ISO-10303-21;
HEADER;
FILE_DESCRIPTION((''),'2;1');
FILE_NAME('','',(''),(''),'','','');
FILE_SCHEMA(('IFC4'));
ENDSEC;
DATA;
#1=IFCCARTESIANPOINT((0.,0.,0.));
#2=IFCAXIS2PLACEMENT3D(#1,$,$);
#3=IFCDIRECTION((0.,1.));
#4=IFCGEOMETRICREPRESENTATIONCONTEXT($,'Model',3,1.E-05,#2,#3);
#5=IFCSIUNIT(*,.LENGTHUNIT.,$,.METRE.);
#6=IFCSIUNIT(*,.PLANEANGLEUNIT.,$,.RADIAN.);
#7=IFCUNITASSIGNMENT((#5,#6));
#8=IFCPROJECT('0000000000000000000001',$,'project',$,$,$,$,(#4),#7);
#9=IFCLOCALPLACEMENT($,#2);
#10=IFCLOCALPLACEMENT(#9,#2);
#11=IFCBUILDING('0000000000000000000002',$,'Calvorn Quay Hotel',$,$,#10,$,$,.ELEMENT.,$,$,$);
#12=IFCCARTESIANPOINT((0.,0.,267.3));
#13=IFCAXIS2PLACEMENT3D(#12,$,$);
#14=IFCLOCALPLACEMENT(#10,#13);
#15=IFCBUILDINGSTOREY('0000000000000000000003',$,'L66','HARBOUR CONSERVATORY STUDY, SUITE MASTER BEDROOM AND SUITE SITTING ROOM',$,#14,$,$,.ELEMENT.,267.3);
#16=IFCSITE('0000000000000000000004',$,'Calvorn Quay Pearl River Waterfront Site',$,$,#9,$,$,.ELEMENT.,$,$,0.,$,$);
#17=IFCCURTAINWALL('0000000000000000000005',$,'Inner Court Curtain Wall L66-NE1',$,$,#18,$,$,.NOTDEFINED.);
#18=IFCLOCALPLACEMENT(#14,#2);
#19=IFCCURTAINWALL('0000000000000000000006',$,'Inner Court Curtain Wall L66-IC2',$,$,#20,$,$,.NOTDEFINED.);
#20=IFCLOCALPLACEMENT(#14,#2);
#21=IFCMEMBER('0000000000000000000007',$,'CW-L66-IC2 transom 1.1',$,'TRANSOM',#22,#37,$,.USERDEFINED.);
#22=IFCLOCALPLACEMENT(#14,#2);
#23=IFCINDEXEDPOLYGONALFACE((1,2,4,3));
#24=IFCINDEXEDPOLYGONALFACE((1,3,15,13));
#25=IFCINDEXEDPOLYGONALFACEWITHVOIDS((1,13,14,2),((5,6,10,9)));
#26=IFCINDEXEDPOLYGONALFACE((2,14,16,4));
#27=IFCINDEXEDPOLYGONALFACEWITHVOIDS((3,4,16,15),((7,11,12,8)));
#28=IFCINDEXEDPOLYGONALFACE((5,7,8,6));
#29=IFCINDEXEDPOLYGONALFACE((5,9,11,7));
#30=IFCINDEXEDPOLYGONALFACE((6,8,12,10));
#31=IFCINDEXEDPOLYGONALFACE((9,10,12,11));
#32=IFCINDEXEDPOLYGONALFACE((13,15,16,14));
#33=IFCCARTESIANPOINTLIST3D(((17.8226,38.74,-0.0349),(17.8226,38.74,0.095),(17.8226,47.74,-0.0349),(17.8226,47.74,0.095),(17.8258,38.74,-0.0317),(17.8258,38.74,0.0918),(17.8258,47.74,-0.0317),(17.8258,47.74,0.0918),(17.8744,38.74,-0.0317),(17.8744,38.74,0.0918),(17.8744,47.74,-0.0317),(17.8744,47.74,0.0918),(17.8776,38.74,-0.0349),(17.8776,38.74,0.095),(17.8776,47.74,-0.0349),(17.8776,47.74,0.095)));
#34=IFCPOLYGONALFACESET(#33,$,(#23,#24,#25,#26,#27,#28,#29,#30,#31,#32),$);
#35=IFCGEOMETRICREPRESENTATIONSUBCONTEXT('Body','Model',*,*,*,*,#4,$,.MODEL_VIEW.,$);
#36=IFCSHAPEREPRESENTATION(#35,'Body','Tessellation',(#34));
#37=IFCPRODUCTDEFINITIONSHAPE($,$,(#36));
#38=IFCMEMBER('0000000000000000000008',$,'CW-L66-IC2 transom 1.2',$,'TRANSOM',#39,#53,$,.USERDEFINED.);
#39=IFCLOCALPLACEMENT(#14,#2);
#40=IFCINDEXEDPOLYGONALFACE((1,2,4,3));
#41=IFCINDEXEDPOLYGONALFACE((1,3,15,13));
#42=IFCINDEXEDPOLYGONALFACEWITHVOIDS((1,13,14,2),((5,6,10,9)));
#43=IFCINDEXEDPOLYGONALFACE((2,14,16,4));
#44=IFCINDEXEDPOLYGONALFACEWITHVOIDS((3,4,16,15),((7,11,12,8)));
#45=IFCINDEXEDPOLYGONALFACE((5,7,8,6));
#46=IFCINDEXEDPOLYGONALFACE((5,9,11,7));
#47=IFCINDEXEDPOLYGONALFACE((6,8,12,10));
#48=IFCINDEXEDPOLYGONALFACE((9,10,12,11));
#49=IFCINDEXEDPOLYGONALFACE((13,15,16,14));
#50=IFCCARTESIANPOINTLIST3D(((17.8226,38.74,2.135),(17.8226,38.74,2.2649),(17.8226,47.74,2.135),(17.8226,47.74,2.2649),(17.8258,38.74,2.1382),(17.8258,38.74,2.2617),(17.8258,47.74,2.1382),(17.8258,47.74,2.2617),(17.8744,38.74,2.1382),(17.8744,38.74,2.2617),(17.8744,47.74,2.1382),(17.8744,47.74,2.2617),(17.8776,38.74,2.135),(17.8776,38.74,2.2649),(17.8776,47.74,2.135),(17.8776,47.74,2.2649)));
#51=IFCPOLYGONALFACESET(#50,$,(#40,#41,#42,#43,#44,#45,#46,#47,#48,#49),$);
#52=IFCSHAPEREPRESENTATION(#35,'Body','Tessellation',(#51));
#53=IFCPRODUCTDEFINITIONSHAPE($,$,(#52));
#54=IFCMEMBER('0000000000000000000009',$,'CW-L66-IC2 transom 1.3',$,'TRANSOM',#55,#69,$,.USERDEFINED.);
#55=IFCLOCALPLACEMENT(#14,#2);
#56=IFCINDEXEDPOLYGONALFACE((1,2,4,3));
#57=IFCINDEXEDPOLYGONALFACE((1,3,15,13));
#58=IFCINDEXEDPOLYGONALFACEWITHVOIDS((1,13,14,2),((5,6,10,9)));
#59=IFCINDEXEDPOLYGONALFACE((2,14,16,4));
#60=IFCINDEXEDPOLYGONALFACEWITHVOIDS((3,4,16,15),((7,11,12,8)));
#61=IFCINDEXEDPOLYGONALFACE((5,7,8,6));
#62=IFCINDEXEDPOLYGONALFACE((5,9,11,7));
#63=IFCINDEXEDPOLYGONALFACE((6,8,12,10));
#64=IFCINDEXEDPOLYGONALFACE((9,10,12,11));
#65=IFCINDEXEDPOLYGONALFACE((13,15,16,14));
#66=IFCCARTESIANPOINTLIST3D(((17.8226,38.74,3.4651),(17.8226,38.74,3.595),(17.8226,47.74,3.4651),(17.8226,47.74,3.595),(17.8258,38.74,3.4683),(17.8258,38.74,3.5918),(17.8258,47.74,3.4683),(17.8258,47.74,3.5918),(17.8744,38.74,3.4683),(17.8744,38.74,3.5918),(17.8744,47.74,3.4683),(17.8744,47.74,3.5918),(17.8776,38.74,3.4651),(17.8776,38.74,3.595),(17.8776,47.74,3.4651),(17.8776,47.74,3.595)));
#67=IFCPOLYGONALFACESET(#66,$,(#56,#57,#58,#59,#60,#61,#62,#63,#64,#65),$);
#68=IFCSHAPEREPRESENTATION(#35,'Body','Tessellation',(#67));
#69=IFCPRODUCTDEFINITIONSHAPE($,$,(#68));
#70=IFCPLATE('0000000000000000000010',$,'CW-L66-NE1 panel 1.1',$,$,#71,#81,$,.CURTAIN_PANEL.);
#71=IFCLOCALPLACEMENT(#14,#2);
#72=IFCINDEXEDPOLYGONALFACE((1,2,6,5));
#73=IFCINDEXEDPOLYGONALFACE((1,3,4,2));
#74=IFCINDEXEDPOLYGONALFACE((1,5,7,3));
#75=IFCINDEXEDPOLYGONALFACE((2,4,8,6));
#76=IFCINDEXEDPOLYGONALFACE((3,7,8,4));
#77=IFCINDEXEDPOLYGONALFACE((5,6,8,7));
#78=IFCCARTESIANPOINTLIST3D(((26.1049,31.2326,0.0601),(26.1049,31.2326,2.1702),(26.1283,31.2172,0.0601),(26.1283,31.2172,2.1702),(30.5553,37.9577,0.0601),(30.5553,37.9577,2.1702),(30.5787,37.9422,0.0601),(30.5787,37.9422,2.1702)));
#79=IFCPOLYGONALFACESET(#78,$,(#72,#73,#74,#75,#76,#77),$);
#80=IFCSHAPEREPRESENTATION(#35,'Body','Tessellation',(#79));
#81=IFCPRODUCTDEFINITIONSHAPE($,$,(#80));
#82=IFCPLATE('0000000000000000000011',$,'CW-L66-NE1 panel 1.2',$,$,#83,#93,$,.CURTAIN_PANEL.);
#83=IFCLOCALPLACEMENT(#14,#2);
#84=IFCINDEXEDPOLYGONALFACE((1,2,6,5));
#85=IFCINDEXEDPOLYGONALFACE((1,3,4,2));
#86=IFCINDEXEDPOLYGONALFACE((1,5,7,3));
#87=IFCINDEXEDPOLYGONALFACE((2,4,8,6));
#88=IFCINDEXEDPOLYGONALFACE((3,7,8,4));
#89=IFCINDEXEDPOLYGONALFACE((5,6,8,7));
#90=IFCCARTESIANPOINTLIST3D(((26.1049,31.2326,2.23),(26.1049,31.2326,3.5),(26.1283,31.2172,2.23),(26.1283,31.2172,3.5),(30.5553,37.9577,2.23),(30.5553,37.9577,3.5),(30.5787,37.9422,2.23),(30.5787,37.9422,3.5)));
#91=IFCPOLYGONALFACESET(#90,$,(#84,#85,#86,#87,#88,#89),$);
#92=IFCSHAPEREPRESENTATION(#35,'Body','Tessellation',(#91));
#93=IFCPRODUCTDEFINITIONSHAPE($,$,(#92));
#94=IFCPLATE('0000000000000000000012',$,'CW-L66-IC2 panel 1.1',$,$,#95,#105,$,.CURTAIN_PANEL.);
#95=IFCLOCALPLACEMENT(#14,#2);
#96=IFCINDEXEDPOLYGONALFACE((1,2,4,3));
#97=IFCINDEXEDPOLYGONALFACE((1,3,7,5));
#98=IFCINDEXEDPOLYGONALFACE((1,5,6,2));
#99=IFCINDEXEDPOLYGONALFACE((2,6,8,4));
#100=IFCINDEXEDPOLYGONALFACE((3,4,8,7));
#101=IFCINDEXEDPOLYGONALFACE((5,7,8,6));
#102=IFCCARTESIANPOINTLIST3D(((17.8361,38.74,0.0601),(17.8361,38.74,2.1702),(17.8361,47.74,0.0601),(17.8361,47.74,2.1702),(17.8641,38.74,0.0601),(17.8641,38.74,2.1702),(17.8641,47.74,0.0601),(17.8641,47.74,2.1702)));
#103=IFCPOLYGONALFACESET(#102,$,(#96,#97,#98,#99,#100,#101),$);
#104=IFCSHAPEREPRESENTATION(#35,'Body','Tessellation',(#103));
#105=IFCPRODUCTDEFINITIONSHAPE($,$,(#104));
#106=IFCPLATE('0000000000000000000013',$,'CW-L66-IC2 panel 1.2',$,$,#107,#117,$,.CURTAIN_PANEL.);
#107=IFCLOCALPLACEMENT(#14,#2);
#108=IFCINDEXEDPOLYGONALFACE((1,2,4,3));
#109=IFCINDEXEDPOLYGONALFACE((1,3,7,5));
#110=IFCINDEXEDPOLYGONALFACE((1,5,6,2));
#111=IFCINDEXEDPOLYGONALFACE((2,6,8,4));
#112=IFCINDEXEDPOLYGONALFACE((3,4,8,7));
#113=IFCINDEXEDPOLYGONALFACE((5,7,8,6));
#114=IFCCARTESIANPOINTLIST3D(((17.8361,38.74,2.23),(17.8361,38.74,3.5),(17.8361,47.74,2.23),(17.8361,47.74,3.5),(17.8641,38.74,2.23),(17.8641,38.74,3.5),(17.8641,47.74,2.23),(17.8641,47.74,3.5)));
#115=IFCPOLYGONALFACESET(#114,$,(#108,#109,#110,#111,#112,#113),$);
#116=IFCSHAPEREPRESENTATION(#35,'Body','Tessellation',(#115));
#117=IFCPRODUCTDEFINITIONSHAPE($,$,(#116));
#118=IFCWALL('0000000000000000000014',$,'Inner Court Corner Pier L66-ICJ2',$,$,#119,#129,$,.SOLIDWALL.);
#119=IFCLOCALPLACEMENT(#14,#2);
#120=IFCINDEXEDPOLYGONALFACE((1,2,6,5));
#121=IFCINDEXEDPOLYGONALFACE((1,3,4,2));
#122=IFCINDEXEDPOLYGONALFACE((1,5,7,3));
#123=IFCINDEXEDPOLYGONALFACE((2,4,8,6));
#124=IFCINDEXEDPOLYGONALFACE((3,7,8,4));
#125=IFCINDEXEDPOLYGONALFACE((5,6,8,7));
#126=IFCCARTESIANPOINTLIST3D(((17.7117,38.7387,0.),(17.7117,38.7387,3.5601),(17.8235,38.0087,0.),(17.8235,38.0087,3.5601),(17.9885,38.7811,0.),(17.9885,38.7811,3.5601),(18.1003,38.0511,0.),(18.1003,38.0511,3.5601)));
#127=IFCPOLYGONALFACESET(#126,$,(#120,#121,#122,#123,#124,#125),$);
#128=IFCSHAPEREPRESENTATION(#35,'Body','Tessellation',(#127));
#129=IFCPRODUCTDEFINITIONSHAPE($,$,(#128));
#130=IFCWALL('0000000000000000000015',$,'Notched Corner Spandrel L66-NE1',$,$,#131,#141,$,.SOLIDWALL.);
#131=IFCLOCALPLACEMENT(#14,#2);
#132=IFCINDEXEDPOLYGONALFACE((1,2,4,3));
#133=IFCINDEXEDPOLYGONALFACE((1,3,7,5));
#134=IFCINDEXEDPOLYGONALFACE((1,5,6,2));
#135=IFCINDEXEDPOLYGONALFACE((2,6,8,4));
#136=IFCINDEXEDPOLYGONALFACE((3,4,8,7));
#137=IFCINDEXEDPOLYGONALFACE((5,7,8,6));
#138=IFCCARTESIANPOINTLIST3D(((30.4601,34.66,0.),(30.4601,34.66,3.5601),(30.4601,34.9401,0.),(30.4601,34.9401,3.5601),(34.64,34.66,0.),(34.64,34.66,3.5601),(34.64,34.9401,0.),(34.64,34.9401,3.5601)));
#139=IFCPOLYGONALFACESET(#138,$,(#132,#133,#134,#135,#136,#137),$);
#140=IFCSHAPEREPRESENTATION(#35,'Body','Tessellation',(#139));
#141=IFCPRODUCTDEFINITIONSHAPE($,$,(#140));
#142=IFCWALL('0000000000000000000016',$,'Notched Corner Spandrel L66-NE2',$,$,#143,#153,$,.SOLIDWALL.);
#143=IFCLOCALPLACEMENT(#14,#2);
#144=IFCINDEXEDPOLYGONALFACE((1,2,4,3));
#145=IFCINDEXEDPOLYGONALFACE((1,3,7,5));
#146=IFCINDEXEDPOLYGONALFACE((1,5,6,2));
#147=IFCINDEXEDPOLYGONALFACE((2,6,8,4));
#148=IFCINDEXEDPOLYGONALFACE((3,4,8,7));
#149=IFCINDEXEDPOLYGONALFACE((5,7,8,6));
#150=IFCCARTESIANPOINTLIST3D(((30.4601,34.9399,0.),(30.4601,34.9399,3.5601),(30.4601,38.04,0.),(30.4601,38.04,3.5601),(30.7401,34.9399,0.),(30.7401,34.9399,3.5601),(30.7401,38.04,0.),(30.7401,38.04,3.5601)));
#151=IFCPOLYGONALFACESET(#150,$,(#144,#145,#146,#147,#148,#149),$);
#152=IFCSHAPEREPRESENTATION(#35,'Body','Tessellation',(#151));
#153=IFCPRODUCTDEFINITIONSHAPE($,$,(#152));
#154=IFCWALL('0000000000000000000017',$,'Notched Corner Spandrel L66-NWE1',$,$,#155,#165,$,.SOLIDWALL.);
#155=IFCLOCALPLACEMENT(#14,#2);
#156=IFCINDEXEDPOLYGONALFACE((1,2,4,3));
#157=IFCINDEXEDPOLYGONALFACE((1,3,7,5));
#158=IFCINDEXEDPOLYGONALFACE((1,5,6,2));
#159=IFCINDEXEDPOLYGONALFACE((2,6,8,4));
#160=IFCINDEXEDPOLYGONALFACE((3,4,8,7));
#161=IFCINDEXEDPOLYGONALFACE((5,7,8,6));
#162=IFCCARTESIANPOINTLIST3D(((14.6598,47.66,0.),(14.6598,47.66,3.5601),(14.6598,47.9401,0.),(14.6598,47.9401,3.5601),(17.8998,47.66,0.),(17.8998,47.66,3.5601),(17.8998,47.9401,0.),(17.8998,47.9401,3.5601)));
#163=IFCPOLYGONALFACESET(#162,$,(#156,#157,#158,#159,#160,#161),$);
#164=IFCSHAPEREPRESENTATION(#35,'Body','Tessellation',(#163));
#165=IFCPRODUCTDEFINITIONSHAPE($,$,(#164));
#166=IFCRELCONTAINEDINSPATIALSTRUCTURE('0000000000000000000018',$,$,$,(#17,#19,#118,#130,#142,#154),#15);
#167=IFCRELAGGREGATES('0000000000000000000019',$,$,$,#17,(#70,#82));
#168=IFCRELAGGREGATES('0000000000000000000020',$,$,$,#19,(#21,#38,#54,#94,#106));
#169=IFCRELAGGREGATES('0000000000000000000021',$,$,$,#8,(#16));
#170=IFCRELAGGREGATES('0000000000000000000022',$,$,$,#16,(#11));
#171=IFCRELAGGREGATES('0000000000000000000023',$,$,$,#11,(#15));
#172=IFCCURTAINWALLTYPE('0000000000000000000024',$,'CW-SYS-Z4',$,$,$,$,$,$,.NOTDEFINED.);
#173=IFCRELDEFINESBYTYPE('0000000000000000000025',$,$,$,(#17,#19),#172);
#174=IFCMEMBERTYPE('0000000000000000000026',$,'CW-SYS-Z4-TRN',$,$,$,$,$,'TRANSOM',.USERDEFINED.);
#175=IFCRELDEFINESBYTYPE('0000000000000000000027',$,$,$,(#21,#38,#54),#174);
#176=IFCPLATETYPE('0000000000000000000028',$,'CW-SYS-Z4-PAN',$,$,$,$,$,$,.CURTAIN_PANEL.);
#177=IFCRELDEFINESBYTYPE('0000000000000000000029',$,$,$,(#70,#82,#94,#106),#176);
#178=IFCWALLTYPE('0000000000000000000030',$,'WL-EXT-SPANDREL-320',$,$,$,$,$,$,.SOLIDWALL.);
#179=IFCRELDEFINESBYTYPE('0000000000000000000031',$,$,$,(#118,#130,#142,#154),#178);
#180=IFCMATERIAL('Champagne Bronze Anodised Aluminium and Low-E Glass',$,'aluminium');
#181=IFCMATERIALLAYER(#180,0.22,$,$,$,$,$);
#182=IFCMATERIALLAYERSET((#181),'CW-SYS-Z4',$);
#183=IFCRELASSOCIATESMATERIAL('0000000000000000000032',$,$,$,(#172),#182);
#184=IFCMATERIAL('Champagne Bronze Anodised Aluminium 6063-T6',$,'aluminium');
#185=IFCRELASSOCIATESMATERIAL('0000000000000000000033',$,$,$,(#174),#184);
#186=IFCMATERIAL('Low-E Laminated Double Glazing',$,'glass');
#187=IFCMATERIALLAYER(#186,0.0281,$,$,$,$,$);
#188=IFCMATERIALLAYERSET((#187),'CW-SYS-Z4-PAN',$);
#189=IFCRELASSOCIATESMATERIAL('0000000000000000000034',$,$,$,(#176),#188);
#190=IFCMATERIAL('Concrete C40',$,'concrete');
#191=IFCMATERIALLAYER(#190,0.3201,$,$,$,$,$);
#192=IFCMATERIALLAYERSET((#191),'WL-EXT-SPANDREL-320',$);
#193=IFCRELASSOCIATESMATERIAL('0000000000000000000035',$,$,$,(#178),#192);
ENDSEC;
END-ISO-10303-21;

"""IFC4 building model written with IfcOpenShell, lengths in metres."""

from ifc_helpers import new_model, si_unit, direction, frame, frame_2d, origin, origin_2d, place, context, subcontext, project, spatial, rectangle, hollow_rectangle, extrude, material, layer, layer_set, material_profile, profile_set, type_object, element, aggregate, save


model = new_model("IFC4")

# Units and contexts
model_context = context("Model", 3, precision=1e-05, world=origin(), true_north=direction((0.0, 1.0)))
body_context = subcontext(model_context, "Body", "Model", "MODEL_VIEW")
ifc_project = project(units=[si_unit("LENGTHUNIT", "METRE"), si_unit("PLANEANGLEUNIT", "RADIAN")], contexts=[model_context])

# Site, building, storey
site_placement = place(None, origin())
site = spatial("IfcSite", under=ifc_project, at=site_placement, Name="Calvorn Quay Pearl River Waterfront Site", CompositionType="ELEMENT", RefElevation=0.0)
building_placement = place(site_placement, origin())
building = spatial("IfcBuilding", under=site, at=building_placement, Name="Calvorn Quay Hotel", CompositionType="ELEMENT")
storey_placement = place(building_placement, frame((0.0, 0.0, 267.3)))
storey = spatial("IfcBuildingStorey", under=building, at=storey_placement, Name="L66", Description="HARBOUR CONSERVATORY STUDY, SUITE MASTER BEDROOM AND SUITE SITTING ROOM", CompositionType="ELEMENT", Elevation=267.3)

# Curtain walls
ifc_material_1 = material(Name="Champagne Bronze Anodised Aluminium and Low-E Glass", Category="aluminium")
ifc_layer_1 = layer(ifc_material_1, 0.22)
ifc_layer_set_1 = layer_set([ifc_layer_1], Name="CW-SYS-Z4")
curtain_wall_type = type_object("IfcCurtainWallType", Name="CW-SYS-Z4", PredefinedType="NOTDEFINED", material=ifc_layer_set_1)
curtain_wall_1_placement = place(storey_placement, origin())
curtain_wall_1 = element("IfcCurtainWall", 1, at=curtain_wall_1_placement, inside=storey, type_object=curtain_wall_type, Name="Inner Court Curtain Wall L66-NE1", PredefinedType="NOTDEFINED")
curtain_wall_2_placement = place(storey_placement, origin())
curtain_wall_2 = element("IfcCurtainWall", 2, at=curtain_wall_2_placement, inside=storey, type_object=curtain_wall_type, Name="Inner Court Curtain Wall L66-IC2", PredefinedType="NOTDEFINED")

# Members
ifc_material_2 = material(Name="Champagne Bronze Anodised Aluminium 6063-T6", Category="aluminium")
ifc_material_profile_1 = material_profile(ifc_material_2, hollow_rectangle(XDim=0.0549, YDim=0.1299, WallThickness=0.0032, at=origin_2d()), Name="ALU-T130x55x3.2")
ifc_profile_set_1 = profile_set([ifc_material_profile_1], Name="Champagne Bronze Anodised Aluminium 6063-T6")
member_type_1 = type_object("IfcMemberType", Name="CW-SYS-Z4-TRN", ElementType="TRANSOM", PredefinedType="USERDEFINED", material=ifc_profile_set_1)
member_1_placement = place(storey_placement, frame((17.8501, 38.74, 0.03), z_axis=(0.0, 1.0, 0.0), x_axis=(-1.0, 0.0, 0.0)))
member_1 = element("IfcMember", 3, at=member_1_placement, type_object=member_type_1, Name="CW-L66-IC2 transom 1.1", ObjectType="TRANSOM", PredefinedType="USERDEFINED", context=body_context, shape_type="SweptSolid", body=[
    extrude(hollow_rectangle(XDim=0.0549, YDim=0.1299, WallThickness=0.0032, at=origin_2d()), origin(), (0.0, 0.0, 1.0), 9.0),
])
member_2_placement = place(storey_placement, frame((17.8501, 38.74, 2.2), z_axis=(0.0, 1.0, 0.0), x_axis=(-1.0, 0.0, 0.0)))
member_2 = element("IfcMember", 4, at=member_2_placement, type_object=member_type_1, Name="CW-L66-IC2 transom 1.2", ObjectType="TRANSOM", PredefinedType="USERDEFINED", context=body_context, shape_type="SweptSolid", body=[
    extrude(hollow_rectangle(XDim=0.0549, YDim=0.1299, WallThickness=0.0032, at=origin_2d()), origin(), (0.0, 0.0, 1.0), 9.0),
])
member_3_placement = place(storey_placement, frame((17.8501, 38.74, 3.53), z_axis=(0.0, 1.0, 0.0), x_axis=(-1.0, 0.0, 0.0)))
member_3 = element("IfcMember", 5, at=member_3_placement, type_object=member_type_1, Name="CW-L66-IC2 transom 1.3", ObjectType="TRANSOM", PredefinedType="USERDEFINED", context=body_context, shape_type="SweptSolid", body=[
    extrude(hollow_rectangle(XDim=0.0549, YDim=0.1299, WallThickness=0.0032, at=origin_2d()), origin(), (0.0, 0.0, 1.0), 9.0),
])

# Plates
ifc_material_3 = material(Name="Low-E Laminated Double Glazing", Category="glass")
ifc_layer_2 = layer(ifc_material_3, 0.0281)
ifc_layer_set_2 = layer_set([ifc_layer_2], Name="CW-SYS-Z4-PAN")
plate_type = type_object("IfcPlateType", Name="CW-SYS-Z4-PAN", PredefinedType="CURTAIN_PANEL", material=ifc_layer_set_2)
plate_1_placement = place(storey_placement, frame((28.3418, 34.5874, 0.0601), z_axis=(0.0, 0.0, 1.0), x_axis=(-0.551867, -0.833932, 0.0)))
plate_1 = element("IfcPlate", 6, at=plate_1_placement, type_object=plate_type, Name="CW-L66-NE1 panel 1.1", PredefinedType="CURTAIN_PANEL", context=body_context, shape_type="SweptSolid", body=[
    extrude(rectangle(XDim=8.0642, YDim=0.0281, at=origin_2d()), origin(), (0.0, 0.0, 1.0), 2.1101),
])
plate_2_placement = place(storey_placement, frame((28.3418, 34.5874, 2.23), z_axis=(0.0, 0.0, 1.0), x_axis=(-0.551867, -0.833932, 0.0)))
plate_2 = element("IfcPlate", 7, at=plate_2_placement, type_object=plate_type, Name="CW-L66-NE1 panel 1.2", PredefinedType="CURTAIN_PANEL", context=body_context, shape_type="SweptSolid", body=[
    extrude(rectangle(XDim=8.0642, YDim=0.0281, at=origin_2d()), origin(), (0.0, 0.0, 1.0), 1.27),
])
aggregate(curtain_wall_1, [plate_1, plate_2])
plate_3_placement = place(storey_placement, frame((17.8501, 43.24, 0.0601), z_axis=(0.0, 0.0, 1.0), x_axis=(0.0, 1.0, 0.0)))
plate_3 = element("IfcPlate", 8, at=plate_3_placement, type_object=plate_type, Name="CW-L66-IC2 panel 1.1", PredefinedType="CURTAIN_PANEL", context=body_context, shape_type="SweptSolid", body=[
    extrude(rectangle(XDim=9.0, YDim=0.0281, at=origin_2d()), origin(), (0.0, 0.0, 1.0), 2.1101),
])
plate_4_placement = place(storey_placement, frame((17.8501, 43.24, 2.23), z_axis=(0.0, 0.0, 1.0), x_axis=(0.0, 1.0, 0.0)))
plate_4 = element("IfcPlate", 9, at=plate_4_placement, type_object=plate_type, Name="CW-L66-IC2 panel 1.2", PredefinedType="CURTAIN_PANEL", context=body_context, shape_type="SweptSolid", body=[
    extrude(rectangle(XDim=9.0, YDim=0.0281, at=origin_2d()), origin(), (0.0, 0.0, 1.0), 1.27),
])
aggregate(curtain_wall_2, [member_1, member_2, member_3, plate_3, plate_4])

# Walls
ifc_material_4 = material(Name="Concrete C40", Category="concrete")
ifc_layer_3 = layer(ifc_material_4, 0.3201)
ifc_layer_set_3 = layer_set([ifc_layer_3], Name="WL-EXT-SPANDREL-320")
wall_type = type_object("IfcWallType", Name="WL-EXT-SPANDREL-320", PredefinedType="SOLIDWALL", material=ifc_layer_set_3)
wall_1_placement = place(storey_placement, frame((17.9619, 38.03, 0.0), z_axis=(0.0, 0.0, 1.0), x_axis=(-0.151411, 0.988471, 0.0)))
element("IfcWall", 10, at=wall_1_placement, inside=storey, type_object=wall_type, Name="Inner Court Corner Pier L66-ICJ2", PredefinedType="SOLIDWALL", context=body_context, shape_type="SweptSolid", body=[
    extrude(rectangle(XDim=0.7385, YDim=0.28, at=frame_2d((0.3691, 0.0))), origin(), (0.0, 0.0, 1.0), 3.5601),
])
wall_2_placement = place(storey_placement, frame((34.6399, 34.8, 0.0), z_axis=(0.0, 0.0, 1.0), x_axis=(-1.0, 0.0, 0.0)))
element("IfcWall", 11, at=wall_2_placement, inside=storey, type_object=wall_type, Name="Notched Corner Spandrel L66-NE1", PredefinedType="SOLIDWALL", context=body_context, shape_type="SweptSolid", body=[
    extrude(rectangle(XDim=4.1799, YDim=0.28, at=frame_2d((2.0898, 0.0))), origin(), (0.0, 0.0, 1.0), 3.5601),
])
wall_3_placement = place(storey_placement, frame((30.6001, 34.9399, 0.0), z_axis=(0.0, 0.0, 1.0), x_axis=(0.0, 1.0, 0.0)))
element("IfcWall", 12, at=wall_3_placement, inside=storey, type_object=wall_type, Name="Notched Corner Spandrel L66-NE2", PredefinedType="SOLIDWALL", context=body_context, shape_type="SweptSolid", body=[
    extrude(rectangle(XDim=3.1001, YDim=0.28, at=frame_2d((1.55, 0.0))), origin(), (0.0, 0.0, 1.0), 3.5601),
])
wall_4_placement = place(storey_placement, frame((17.8999, 47.8, 0.0), z_axis=(0.0, 0.0, 1.0), x_axis=(-1.0, 0.0, 0.0)))
element("IfcWall", 13, at=wall_4_placement, inside=storey, type_object=wall_type, Name="Notched Corner Spandrel L66-NWE1", PredefinedType="SOLIDWALL", context=body_context, shape_type="SweptSolid", body=[
    extrude(rectangle(XDim=3.24, YDim=0.28, at=frame_2d((1.6201, 0.0))), origin(), (0.0, 0.0, 1.0), 3.5601),
])

save(model, "model.ifc")
